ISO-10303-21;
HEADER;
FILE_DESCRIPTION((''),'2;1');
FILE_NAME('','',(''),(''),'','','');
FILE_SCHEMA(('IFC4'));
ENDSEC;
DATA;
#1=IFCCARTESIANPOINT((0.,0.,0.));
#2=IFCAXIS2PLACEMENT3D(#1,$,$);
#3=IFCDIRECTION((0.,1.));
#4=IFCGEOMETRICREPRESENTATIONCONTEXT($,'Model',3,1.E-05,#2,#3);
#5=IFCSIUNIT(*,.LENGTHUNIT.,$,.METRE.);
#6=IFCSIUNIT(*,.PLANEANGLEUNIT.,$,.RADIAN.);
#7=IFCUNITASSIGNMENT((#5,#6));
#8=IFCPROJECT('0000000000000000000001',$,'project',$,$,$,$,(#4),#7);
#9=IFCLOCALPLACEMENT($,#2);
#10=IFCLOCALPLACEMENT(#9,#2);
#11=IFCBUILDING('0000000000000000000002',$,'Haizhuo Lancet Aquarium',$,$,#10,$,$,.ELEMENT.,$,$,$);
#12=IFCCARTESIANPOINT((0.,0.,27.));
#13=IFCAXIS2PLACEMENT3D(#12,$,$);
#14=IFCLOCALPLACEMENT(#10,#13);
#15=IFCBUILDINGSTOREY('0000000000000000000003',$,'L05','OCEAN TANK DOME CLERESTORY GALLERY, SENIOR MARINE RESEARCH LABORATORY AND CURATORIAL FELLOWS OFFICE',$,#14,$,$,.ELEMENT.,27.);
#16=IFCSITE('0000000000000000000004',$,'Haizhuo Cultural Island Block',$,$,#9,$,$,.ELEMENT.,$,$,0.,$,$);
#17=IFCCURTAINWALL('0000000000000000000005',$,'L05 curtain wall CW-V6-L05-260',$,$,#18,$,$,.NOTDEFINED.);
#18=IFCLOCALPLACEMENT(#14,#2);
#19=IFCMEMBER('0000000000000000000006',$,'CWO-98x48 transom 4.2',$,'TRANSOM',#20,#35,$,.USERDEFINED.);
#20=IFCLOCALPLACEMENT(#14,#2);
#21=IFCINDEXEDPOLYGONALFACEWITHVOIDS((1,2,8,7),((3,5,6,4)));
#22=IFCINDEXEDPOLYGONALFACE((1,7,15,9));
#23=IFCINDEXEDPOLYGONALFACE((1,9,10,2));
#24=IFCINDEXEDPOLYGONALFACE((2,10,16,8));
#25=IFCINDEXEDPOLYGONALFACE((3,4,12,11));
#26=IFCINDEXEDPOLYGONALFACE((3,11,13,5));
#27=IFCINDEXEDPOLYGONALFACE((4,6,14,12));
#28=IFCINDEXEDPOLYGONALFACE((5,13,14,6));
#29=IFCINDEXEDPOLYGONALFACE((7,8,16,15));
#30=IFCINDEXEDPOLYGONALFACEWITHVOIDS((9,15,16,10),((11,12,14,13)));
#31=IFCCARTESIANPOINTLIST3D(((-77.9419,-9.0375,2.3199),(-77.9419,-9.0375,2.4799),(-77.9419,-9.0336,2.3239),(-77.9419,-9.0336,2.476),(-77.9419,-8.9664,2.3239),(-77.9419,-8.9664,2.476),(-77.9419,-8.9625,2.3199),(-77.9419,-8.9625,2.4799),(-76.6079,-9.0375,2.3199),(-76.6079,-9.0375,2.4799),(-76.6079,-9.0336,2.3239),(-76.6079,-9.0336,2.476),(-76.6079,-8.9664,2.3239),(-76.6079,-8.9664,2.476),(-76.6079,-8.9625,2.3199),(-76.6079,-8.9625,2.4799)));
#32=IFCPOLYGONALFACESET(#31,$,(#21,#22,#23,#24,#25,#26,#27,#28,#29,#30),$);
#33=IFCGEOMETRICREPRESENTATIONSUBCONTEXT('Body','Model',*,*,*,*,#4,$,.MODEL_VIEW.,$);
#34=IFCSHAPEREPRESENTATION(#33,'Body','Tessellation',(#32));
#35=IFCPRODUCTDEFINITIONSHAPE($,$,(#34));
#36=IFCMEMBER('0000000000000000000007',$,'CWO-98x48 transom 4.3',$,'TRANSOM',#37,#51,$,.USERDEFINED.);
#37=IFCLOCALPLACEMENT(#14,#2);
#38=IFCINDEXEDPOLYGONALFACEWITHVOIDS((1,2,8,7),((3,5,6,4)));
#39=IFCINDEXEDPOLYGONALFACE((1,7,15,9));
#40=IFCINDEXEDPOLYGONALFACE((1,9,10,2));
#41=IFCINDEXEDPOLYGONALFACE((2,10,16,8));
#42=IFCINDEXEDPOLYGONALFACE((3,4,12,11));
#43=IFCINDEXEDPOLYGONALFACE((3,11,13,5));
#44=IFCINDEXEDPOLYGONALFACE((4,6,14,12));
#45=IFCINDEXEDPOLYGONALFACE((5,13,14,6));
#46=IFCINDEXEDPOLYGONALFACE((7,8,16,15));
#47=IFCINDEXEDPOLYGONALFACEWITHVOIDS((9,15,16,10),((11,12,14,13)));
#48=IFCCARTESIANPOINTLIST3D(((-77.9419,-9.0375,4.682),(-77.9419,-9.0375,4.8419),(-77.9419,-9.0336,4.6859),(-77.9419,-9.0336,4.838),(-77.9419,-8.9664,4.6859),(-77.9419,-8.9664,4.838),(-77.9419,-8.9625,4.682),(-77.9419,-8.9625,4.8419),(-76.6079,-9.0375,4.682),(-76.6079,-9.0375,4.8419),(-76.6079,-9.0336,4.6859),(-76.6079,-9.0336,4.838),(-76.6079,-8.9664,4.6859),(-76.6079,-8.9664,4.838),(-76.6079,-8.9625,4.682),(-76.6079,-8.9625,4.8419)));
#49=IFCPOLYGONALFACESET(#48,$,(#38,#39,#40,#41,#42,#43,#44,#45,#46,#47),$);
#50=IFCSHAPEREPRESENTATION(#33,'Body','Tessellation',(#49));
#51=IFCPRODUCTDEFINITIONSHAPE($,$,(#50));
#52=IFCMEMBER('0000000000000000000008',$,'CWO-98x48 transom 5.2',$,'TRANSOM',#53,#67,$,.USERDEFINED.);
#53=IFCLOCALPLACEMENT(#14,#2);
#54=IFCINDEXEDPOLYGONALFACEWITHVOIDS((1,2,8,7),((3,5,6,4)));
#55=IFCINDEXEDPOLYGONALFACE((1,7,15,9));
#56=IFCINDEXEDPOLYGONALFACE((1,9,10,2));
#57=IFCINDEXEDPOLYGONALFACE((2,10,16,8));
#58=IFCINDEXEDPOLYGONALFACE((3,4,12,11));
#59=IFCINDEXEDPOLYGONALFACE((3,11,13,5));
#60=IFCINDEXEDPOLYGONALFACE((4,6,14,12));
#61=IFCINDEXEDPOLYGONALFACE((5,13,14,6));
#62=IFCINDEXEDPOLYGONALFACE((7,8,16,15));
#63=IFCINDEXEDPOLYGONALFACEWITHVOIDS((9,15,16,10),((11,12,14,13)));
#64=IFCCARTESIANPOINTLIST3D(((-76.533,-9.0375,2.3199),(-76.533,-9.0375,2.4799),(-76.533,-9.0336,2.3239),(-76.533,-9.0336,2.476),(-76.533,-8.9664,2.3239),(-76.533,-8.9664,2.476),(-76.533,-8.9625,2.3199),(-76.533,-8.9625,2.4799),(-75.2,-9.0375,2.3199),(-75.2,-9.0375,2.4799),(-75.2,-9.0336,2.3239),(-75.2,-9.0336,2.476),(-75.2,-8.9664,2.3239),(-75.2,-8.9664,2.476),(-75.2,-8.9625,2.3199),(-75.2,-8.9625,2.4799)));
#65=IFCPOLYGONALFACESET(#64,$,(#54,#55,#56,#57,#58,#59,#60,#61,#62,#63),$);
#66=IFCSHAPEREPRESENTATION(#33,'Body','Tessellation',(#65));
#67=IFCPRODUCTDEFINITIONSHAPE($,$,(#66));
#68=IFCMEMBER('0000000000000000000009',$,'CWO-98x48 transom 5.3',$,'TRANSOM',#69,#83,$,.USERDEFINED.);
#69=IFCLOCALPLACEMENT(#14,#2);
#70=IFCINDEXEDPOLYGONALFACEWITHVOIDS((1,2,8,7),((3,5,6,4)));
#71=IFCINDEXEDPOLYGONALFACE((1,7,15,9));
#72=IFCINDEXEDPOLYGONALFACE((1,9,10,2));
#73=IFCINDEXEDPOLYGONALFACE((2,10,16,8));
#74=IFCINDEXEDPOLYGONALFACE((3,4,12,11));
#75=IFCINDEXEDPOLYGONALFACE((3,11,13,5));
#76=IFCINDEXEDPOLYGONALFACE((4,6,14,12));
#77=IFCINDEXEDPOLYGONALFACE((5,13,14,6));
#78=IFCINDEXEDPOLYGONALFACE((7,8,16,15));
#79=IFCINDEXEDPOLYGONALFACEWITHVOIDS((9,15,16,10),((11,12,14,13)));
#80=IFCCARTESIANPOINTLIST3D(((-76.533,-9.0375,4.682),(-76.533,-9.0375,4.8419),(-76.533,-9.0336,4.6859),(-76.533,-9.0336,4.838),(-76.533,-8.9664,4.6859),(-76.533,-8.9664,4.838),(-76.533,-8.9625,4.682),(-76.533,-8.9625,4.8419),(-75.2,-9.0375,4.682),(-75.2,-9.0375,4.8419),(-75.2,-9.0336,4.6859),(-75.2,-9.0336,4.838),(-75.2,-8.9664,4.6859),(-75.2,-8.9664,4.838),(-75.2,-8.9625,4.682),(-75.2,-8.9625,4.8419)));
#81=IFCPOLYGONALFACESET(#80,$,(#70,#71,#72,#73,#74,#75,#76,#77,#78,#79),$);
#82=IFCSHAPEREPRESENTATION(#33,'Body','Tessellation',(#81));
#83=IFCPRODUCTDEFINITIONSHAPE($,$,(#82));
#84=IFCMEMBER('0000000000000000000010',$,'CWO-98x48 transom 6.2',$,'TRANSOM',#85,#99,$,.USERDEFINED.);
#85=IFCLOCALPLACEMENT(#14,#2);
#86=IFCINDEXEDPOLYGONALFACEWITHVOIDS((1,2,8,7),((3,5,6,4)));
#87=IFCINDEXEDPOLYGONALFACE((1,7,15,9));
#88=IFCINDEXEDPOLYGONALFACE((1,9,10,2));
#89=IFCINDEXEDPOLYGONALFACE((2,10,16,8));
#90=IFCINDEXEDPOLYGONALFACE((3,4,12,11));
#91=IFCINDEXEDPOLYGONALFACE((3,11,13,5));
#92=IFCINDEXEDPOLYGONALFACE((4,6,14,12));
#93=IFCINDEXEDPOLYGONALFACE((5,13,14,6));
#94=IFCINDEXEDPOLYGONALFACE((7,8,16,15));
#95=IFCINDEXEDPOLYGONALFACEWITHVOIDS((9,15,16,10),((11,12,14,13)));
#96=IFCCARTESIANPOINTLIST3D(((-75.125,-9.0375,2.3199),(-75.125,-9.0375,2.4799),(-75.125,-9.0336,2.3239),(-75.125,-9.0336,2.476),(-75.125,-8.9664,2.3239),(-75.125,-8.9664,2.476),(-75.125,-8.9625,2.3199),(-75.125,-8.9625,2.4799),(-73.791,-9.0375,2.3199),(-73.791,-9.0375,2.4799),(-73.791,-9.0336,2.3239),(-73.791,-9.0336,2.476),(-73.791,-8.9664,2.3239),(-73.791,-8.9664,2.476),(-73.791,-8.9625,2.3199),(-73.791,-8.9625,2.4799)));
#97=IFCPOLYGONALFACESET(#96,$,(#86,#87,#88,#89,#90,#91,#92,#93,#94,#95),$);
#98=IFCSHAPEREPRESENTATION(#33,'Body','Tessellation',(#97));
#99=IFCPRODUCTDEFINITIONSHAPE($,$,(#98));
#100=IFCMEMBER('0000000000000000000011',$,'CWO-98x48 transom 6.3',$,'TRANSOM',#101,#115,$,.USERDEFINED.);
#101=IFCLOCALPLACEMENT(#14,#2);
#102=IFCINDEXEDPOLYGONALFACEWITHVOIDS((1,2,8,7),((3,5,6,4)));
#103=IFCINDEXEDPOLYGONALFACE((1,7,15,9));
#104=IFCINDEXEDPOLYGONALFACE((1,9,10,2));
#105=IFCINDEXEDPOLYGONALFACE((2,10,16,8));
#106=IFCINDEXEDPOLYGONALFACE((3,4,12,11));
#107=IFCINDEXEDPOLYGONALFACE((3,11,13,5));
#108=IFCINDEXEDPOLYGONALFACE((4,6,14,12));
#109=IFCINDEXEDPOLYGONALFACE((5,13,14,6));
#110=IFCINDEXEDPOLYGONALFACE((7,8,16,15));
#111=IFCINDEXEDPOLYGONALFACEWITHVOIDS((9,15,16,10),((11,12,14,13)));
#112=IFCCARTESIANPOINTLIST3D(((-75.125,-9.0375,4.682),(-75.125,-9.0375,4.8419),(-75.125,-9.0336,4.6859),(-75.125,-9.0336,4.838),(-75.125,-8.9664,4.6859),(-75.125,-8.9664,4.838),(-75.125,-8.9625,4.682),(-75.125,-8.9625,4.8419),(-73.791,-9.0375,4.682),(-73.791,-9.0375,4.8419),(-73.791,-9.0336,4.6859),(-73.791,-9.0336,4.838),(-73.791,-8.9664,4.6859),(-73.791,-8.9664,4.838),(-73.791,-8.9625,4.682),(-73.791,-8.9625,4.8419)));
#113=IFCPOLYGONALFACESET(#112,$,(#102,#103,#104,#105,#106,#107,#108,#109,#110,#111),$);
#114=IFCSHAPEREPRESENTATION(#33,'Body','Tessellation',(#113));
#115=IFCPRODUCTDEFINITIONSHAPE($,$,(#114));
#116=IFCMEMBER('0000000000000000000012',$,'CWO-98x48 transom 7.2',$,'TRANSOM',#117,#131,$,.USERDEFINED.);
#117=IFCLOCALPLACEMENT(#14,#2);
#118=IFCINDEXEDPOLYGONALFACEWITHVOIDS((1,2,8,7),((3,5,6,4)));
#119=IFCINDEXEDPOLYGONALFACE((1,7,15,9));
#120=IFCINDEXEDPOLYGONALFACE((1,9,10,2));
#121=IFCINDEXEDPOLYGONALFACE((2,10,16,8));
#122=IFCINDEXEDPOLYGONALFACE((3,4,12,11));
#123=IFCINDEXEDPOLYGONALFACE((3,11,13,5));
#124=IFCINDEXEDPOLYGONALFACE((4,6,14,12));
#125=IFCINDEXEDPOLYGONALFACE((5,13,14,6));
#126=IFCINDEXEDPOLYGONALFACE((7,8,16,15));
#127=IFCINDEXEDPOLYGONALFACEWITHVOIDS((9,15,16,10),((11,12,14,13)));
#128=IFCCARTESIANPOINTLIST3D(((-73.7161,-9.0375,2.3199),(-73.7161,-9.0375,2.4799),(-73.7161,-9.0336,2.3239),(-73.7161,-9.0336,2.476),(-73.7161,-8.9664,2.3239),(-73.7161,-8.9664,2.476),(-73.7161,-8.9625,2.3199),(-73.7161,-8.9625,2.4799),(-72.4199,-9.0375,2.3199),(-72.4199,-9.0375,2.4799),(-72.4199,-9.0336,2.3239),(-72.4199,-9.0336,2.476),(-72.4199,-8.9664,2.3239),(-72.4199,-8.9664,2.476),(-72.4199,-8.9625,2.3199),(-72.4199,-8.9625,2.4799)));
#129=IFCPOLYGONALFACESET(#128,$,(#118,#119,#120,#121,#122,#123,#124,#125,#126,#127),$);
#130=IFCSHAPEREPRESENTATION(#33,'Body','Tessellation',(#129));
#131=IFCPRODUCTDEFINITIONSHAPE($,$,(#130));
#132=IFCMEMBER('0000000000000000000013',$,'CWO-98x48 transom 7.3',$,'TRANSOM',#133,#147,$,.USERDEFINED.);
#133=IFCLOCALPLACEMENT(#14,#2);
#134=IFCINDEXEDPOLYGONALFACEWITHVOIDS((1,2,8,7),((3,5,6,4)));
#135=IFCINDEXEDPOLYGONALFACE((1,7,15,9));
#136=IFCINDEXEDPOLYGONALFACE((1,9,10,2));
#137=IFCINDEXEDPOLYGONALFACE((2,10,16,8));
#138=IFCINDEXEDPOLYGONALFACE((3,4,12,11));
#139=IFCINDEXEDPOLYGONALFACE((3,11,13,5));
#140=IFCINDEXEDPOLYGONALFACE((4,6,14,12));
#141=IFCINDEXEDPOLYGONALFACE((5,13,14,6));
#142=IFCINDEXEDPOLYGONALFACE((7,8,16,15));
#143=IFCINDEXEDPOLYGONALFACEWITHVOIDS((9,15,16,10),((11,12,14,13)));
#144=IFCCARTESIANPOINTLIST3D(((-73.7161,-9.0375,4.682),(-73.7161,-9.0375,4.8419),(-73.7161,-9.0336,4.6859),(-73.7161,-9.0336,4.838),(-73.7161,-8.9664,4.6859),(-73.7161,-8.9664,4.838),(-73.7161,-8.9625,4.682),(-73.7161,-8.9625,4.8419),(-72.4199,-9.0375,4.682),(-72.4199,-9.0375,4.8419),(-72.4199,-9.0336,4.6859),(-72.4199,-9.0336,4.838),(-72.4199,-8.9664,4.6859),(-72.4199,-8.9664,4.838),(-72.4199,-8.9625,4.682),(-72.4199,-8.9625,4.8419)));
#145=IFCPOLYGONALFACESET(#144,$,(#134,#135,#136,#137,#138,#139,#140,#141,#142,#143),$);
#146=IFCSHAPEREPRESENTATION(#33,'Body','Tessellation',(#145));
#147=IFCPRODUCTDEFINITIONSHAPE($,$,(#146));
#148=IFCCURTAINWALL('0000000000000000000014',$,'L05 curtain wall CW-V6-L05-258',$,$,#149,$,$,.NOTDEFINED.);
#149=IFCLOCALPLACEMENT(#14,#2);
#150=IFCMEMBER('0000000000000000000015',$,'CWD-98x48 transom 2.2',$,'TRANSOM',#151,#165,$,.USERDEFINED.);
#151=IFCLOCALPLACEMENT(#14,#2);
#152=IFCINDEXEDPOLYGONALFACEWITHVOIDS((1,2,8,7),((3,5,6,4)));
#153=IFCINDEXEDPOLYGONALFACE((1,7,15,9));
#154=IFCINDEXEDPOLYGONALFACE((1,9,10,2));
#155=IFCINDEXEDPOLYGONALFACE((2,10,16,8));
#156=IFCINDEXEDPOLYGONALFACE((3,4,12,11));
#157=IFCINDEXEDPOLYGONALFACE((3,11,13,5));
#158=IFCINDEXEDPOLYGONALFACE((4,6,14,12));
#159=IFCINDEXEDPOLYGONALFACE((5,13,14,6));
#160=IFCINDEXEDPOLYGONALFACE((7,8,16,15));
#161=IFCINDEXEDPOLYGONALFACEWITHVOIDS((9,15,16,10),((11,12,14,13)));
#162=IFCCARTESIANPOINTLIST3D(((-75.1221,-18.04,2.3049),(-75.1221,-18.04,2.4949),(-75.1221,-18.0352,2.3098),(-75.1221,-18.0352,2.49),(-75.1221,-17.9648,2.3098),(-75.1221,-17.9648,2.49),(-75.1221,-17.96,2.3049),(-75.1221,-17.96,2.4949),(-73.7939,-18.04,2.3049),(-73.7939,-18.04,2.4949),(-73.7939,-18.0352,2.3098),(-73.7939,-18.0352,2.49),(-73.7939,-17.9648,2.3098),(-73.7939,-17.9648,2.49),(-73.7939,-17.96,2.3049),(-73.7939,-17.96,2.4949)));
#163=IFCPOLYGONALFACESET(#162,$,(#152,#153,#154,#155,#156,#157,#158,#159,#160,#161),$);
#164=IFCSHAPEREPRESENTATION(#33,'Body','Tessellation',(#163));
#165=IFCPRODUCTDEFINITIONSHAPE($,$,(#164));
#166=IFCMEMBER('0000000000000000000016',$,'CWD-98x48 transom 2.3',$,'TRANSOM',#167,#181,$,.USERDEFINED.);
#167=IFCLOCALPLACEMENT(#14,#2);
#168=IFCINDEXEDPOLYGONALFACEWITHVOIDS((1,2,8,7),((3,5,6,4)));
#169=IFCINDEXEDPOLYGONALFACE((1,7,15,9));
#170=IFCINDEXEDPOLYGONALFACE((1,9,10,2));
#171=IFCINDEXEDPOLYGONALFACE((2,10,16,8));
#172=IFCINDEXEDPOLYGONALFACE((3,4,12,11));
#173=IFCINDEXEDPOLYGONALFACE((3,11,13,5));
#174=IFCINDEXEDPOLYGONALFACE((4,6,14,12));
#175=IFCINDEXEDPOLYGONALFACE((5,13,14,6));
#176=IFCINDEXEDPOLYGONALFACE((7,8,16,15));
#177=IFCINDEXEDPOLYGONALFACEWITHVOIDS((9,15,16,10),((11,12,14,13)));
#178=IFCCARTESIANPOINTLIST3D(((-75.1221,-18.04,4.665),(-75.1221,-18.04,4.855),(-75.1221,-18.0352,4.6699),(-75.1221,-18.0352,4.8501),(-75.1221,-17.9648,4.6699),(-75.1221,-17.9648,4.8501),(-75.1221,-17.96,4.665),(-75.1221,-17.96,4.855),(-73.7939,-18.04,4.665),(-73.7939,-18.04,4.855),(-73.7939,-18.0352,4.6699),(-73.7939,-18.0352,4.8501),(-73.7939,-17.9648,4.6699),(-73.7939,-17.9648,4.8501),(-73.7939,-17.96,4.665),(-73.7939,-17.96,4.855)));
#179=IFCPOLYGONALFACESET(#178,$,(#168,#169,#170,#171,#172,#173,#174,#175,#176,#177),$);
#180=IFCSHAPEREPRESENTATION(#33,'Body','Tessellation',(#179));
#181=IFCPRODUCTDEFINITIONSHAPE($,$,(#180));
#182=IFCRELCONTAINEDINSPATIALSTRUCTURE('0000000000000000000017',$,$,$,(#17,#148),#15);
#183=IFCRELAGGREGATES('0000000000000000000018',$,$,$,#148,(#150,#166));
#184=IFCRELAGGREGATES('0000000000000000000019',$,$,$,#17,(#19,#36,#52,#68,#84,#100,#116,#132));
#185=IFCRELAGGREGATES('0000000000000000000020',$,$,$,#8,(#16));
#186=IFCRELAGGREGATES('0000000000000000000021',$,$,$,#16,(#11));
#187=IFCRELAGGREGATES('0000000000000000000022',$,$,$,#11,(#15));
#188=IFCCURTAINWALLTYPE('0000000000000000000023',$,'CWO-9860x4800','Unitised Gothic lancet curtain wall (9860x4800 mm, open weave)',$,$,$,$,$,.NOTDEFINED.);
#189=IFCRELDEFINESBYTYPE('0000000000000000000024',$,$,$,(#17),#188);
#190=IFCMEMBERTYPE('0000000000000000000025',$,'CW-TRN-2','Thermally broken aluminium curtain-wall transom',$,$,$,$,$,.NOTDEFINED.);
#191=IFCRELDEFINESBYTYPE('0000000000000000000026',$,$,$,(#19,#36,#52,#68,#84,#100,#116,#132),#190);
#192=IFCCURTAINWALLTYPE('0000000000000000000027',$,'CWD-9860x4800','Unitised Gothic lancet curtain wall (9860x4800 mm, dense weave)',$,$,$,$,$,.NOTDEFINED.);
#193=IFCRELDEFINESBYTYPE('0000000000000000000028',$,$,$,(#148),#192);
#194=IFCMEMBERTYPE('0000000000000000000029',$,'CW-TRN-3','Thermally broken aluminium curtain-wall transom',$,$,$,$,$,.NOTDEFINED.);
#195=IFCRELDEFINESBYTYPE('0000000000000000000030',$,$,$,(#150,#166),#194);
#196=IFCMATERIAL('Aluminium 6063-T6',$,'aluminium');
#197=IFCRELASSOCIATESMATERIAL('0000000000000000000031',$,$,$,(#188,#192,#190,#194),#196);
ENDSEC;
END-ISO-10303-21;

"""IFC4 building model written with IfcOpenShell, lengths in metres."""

from ifc_helpers import new_model, si_unit, direction, frame, origin, origin_2d, place, context, subcontext, project, spatial, hollow_rectangle, extrude, material, material_profile, profile_set, type_object, element, aggregate, save


model = new_model("IFC4")

# Units and contexts
model_context = context("Model", 3, precision=1e-05, world=origin(), true_north=direction((0.0, 1.0)))
body_context = subcontext(model_context, "Body", "Model", "MODEL_VIEW")
ifc_project = project(units=[si_unit("LENGTHUNIT", "METRE"), si_unit("PLANEANGLEUNIT", "RADIAN")], contexts=[model_context])

# Site, building, storey
site_placement = place(None, origin())
site = spatial("IfcSite", under=ifc_project, at=site_placement, Name="Haizhuo Cultural Island Block", CompositionType="ELEMENT", RefElevation=0.0)
building_placement = place(site_placement, origin())
building = spatial("IfcBuilding", under=site, at=building_placement, Name="Haizhuo Lancet Aquarium", CompositionType="ELEMENT")
storey_placement = place(building_placement, frame((0.0, 0.0, 27.0)))
storey = spatial("IfcBuildingStorey", under=building, at=storey_placement, Name="L05", Description="OCEAN TANK DOME CLERESTORY GALLERY, SENIOR MARINE RESEARCH LABORATORY AND CURATORIAL FELLOWS OFFICE", CompositionType="ELEMENT", Elevation=27.0)

# Curtain walls, members
ifc_material_1 = material(Name="Aluminium 6063-T6", Category="aluminium")
curtain_wall_type_1 = type_object("IfcCurtainWallType", Name="CWO-9860x4800", Description="Unitised Gothic lancet curtain wall (9860x4800 mm, open weave)", PredefinedType="NOTDEFINED", material=ifc_material_1)
curtain_wall_1_placement = place(storey_placement, origin())
curtain_wall_1 = element("IfcCurtainWall", 1, at=curtain_wall_1_placement, inside=storey, type_object=curtain_wall_type_1, Name="L05 curtain wall CW-V6-L05-260", PredefinedType="NOTDEFINED")
ifc_material_profile_1 = material_profile(ifc_material_1, hollow_rectangle(XDim=0.075, YDim=0.1599, WallThickness=0.0039, at=origin_2d()), Name="ALU-T 75x160x4")
ifc_profile_set_1 = profile_set([ifc_material_profile_1], Name="Aluminium 6063-T6")
member_type_1 = type_object("IfcMemberType", Name="CW-TRN-2", Description="Thermally broken aluminium curtain-wall transom", PredefinedType="NOTDEFINED", material=ifc_profile_set_1)
member_1_placement = place(storey_placement, frame((-77.9419, -9.0, 2.3999), z_axis=(1.0, 0.0, 0.0), x_axis=(0.0, 1.0, 0.0)))
member_1 = element("IfcMember", 2, at=member_1_placement, type_object=member_type_1, Name="CWO-98x48 transom 4.2", ObjectType="TRANSOM", PredefinedType="USERDEFINED", context=body_context, shape_type="SweptSolid", body=[
    extrude(hollow_rectangle(XDim=0.075, YDim=0.1599, WallThickness=0.0039, at=origin_2d()), origin(), (0.0, 0.0, 1.0), 1.334),
])
member_2_placement = place(storey_placement, frame((-77.9419, -9.0, 4.762), z_axis=(1.0, 0.0, 0.0), x_axis=(0.0, 1.0, 0.0)))
member_2 = element("IfcMember", 3, at=member_2_placement, type_object=member_type_1, Name="CWO-98x48 transom 4.3", ObjectType="TRANSOM", PredefinedType="USERDEFINED", context=body_context, shape_type="SweptSolid", body=[
    extrude(hollow_rectangle(XDim=0.075, YDim=0.1599, WallThickness=0.0039, at=origin_2d()), origin(), (0.0, 0.0, 1.0), 1.334),
])
member_3_placement = place(storey_placement, frame((-76.533, -9.0, 2.3999), z_axis=(1.0, 0.0, 0.0), x_axis=(0.0, 1.0, 0.0)))
member_3 = element("IfcMember", 4, at=member_3_placement, type_object=member_type_1, Name="CWO-98x48 transom 5.2", ObjectType="TRANSOM", PredefinedType="USERDEFINED", context=body_context, shape_type="SweptSolid", body=[
    extrude(hollow_rectangle(XDim=0.075, YDim=0.1599, WallThickness=0.0039, at=origin_2d()), origin(), (0.0, 0.0, 1.0), 1.333),
])
member_4_placement = place(storey_placement, frame((-76.533, -9.0, 4.762), z_axis=(1.0, 0.0, 0.0), x_axis=(0.0, 1.0, 0.0)))
member_4 = element("IfcMember", 5, at=member_4_placement, type_object=member_type_1, Name="CWO-98x48 transom 5.3", ObjectType="TRANSOM", PredefinedType="USERDEFINED", context=body_context, shape_type="SweptSolid", body=[
    extrude(hollow_rectangle(XDim=0.075, YDim=0.1599, WallThickness=0.0039, at=origin_2d()), origin(), (0.0, 0.0, 1.0), 1.333),
])
member_5_placement = place(storey_placement, frame((-75.125, -9.0, 2.3999), z_axis=(1.0, 0.0, 0.0), x_axis=(0.0, 1.0, 0.0)))
member_5 = element("IfcMember", 6, at=member_5_placement, type_object=member_type_1, Name="CWO-98x48 transom 6.2", ObjectType="TRANSOM", PredefinedType="USERDEFINED", context=body_context, shape_type="SweptSolid", body=[
    extrude(hollow_rectangle(XDim=0.075, YDim=0.1599, WallThickness=0.0039, at=origin_2d()), origin(), (0.0, 0.0, 1.0), 1.334),
])
member_6_placement = place(storey_placement, frame((-75.125, -9.0, 4.762), z_axis=(1.0, 0.0, 0.0), x_axis=(0.0, 1.0, 0.0)))
member_6 = element("IfcMember", 7, at=member_6_placement, type_object=member_type_1, Name="CWO-98x48 transom 6.3", ObjectType="TRANSOM", PredefinedType="USERDEFINED", context=body_context, shape_type="SweptSolid", body=[
    extrude(hollow_rectangle(XDim=0.075, YDim=0.1599, WallThickness=0.0039, at=origin_2d()), origin(), (0.0, 0.0, 1.0), 1.334),
])
member_7_placement = place(storey_placement, frame((-73.7161, -9.0, 2.3999), z_axis=(1.0, 0.0, 0.0), x_axis=(0.0, 1.0, 0.0)))
member_7 = element("IfcMember", 8, at=member_7_placement, type_object=member_type_1, Name="CWO-98x48 transom 7.2", ObjectType="TRANSOM", PredefinedType="USERDEFINED", context=body_context, shape_type="SweptSolid", body=[
    extrude(hollow_rectangle(XDim=0.075, YDim=0.1599, WallThickness=0.0039, at=origin_2d()), origin(), (0.0, 0.0, 1.0), 1.2961),
])
member_8_placement = place(storey_placement, frame((-73.7161, -9.0, 4.762), z_axis=(1.0, 0.0, 0.0), x_axis=(0.0, 1.0, 0.0)))
member_8 = element("IfcMember", 9, at=member_8_placement, type_object=member_type_1, Name="CWO-98x48 transom 7.3", ObjectType="TRANSOM", PredefinedType="USERDEFINED", context=body_context, shape_type="SweptSolid", body=[
    extrude(hollow_rectangle(XDim=0.075, YDim=0.1599, WallThickness=0.0039, at=origin_2d()), origin(), (0.0, 0.0, 1.0), 1.2961),
])
curtain_wall_type_2 = type_object("IfcCurtainWallType", Name="CWD-9860x4800", Description="Unitised Gothic lancet curtain wall (9860x4800 mm, dense weave)", PredefinedType="NOTDEFINED", material=ifc_material_1)
curtain_wall_2_placement = place(storey_placement, origin())
curtain_wall_2 = element("IfcCurtainWall", 10, at=curtain_wall_2_placement, inside=storey, type_object=curtain_wall_type_2, Name="L05 curtain wall CW-V6-L05-258", PredefinedType="NOTDEFINED")
ifc_material_profile_2 = material_profile(ifc_material_1, hollow_rectangle(XDim=0.0801, YDim=0.1899, WallThickness=0.0049, at=origin_2d()), Name="ALU-T 80x190x5")
ifc_profile_set_2 = profile_set([ifc_material_profile_2], Name="Aluminium 6063-T6")
member_type_2 = type_object("IfcMemberType", Name="CW-TRN-3", Description="Thermally broken aluminium curtain-wall transom", PredefinedType="NOTDEFINED", material=ifc_profile_set_2)
member_9_placement = place(storey_placement, frame((-73.7939, -18.0, 2.3999), z_axis=(-1.0, 0.0, 0.0), x_axis=(0.0, -1.0, 0.0)))
member_9 = element("IfcMember", 11, at=member_9_placement, type_object=member_type_2, Name="CWD-98x48 transom 2.2", ObjectType="TRANSOM", PredefinedType="USERDEFINED", context=body_context, shape_type="SweptSolid", body=[
    extrude(hollow_rectangle(XDim=0.0801, YDim=0.1899, WallThickness=0.0049, at=origin_2d()), origin(), (0.0, 0.0, 1.0), 1.3281),
])
member_10_placement = place(storey_placement, frame((-73.7939, -18.0, 4.76), z_axis=(-1.0, 0.0, 0.0), x_axis=(0.0, -1.0, 0.0)))
member_10 = element("IfcMember", 12, at=member_10_placement, type_object=member_type_2, Name="CWD-98x48 transom 2.3", ObjectType="TRANSOM", PredefinedType="USERDEFINED", context=body_context, shape_type="SweptSolid", body=[
    extrude(hollow_rectangle(XDim=0.0801, YDim=0.1899, WallThickness=0.0049, at=origin_2d()), origin(), (0.0, 0.0, 1.0), 1.3281),
])
aggregate(curtain_wall_2, [member_9, member_10])

aggregate(curtain_wall_1, [member_1, member_2, member_3, member_4, member_5, member_6, member_7, member_8])

save(model, "model.ifc")
